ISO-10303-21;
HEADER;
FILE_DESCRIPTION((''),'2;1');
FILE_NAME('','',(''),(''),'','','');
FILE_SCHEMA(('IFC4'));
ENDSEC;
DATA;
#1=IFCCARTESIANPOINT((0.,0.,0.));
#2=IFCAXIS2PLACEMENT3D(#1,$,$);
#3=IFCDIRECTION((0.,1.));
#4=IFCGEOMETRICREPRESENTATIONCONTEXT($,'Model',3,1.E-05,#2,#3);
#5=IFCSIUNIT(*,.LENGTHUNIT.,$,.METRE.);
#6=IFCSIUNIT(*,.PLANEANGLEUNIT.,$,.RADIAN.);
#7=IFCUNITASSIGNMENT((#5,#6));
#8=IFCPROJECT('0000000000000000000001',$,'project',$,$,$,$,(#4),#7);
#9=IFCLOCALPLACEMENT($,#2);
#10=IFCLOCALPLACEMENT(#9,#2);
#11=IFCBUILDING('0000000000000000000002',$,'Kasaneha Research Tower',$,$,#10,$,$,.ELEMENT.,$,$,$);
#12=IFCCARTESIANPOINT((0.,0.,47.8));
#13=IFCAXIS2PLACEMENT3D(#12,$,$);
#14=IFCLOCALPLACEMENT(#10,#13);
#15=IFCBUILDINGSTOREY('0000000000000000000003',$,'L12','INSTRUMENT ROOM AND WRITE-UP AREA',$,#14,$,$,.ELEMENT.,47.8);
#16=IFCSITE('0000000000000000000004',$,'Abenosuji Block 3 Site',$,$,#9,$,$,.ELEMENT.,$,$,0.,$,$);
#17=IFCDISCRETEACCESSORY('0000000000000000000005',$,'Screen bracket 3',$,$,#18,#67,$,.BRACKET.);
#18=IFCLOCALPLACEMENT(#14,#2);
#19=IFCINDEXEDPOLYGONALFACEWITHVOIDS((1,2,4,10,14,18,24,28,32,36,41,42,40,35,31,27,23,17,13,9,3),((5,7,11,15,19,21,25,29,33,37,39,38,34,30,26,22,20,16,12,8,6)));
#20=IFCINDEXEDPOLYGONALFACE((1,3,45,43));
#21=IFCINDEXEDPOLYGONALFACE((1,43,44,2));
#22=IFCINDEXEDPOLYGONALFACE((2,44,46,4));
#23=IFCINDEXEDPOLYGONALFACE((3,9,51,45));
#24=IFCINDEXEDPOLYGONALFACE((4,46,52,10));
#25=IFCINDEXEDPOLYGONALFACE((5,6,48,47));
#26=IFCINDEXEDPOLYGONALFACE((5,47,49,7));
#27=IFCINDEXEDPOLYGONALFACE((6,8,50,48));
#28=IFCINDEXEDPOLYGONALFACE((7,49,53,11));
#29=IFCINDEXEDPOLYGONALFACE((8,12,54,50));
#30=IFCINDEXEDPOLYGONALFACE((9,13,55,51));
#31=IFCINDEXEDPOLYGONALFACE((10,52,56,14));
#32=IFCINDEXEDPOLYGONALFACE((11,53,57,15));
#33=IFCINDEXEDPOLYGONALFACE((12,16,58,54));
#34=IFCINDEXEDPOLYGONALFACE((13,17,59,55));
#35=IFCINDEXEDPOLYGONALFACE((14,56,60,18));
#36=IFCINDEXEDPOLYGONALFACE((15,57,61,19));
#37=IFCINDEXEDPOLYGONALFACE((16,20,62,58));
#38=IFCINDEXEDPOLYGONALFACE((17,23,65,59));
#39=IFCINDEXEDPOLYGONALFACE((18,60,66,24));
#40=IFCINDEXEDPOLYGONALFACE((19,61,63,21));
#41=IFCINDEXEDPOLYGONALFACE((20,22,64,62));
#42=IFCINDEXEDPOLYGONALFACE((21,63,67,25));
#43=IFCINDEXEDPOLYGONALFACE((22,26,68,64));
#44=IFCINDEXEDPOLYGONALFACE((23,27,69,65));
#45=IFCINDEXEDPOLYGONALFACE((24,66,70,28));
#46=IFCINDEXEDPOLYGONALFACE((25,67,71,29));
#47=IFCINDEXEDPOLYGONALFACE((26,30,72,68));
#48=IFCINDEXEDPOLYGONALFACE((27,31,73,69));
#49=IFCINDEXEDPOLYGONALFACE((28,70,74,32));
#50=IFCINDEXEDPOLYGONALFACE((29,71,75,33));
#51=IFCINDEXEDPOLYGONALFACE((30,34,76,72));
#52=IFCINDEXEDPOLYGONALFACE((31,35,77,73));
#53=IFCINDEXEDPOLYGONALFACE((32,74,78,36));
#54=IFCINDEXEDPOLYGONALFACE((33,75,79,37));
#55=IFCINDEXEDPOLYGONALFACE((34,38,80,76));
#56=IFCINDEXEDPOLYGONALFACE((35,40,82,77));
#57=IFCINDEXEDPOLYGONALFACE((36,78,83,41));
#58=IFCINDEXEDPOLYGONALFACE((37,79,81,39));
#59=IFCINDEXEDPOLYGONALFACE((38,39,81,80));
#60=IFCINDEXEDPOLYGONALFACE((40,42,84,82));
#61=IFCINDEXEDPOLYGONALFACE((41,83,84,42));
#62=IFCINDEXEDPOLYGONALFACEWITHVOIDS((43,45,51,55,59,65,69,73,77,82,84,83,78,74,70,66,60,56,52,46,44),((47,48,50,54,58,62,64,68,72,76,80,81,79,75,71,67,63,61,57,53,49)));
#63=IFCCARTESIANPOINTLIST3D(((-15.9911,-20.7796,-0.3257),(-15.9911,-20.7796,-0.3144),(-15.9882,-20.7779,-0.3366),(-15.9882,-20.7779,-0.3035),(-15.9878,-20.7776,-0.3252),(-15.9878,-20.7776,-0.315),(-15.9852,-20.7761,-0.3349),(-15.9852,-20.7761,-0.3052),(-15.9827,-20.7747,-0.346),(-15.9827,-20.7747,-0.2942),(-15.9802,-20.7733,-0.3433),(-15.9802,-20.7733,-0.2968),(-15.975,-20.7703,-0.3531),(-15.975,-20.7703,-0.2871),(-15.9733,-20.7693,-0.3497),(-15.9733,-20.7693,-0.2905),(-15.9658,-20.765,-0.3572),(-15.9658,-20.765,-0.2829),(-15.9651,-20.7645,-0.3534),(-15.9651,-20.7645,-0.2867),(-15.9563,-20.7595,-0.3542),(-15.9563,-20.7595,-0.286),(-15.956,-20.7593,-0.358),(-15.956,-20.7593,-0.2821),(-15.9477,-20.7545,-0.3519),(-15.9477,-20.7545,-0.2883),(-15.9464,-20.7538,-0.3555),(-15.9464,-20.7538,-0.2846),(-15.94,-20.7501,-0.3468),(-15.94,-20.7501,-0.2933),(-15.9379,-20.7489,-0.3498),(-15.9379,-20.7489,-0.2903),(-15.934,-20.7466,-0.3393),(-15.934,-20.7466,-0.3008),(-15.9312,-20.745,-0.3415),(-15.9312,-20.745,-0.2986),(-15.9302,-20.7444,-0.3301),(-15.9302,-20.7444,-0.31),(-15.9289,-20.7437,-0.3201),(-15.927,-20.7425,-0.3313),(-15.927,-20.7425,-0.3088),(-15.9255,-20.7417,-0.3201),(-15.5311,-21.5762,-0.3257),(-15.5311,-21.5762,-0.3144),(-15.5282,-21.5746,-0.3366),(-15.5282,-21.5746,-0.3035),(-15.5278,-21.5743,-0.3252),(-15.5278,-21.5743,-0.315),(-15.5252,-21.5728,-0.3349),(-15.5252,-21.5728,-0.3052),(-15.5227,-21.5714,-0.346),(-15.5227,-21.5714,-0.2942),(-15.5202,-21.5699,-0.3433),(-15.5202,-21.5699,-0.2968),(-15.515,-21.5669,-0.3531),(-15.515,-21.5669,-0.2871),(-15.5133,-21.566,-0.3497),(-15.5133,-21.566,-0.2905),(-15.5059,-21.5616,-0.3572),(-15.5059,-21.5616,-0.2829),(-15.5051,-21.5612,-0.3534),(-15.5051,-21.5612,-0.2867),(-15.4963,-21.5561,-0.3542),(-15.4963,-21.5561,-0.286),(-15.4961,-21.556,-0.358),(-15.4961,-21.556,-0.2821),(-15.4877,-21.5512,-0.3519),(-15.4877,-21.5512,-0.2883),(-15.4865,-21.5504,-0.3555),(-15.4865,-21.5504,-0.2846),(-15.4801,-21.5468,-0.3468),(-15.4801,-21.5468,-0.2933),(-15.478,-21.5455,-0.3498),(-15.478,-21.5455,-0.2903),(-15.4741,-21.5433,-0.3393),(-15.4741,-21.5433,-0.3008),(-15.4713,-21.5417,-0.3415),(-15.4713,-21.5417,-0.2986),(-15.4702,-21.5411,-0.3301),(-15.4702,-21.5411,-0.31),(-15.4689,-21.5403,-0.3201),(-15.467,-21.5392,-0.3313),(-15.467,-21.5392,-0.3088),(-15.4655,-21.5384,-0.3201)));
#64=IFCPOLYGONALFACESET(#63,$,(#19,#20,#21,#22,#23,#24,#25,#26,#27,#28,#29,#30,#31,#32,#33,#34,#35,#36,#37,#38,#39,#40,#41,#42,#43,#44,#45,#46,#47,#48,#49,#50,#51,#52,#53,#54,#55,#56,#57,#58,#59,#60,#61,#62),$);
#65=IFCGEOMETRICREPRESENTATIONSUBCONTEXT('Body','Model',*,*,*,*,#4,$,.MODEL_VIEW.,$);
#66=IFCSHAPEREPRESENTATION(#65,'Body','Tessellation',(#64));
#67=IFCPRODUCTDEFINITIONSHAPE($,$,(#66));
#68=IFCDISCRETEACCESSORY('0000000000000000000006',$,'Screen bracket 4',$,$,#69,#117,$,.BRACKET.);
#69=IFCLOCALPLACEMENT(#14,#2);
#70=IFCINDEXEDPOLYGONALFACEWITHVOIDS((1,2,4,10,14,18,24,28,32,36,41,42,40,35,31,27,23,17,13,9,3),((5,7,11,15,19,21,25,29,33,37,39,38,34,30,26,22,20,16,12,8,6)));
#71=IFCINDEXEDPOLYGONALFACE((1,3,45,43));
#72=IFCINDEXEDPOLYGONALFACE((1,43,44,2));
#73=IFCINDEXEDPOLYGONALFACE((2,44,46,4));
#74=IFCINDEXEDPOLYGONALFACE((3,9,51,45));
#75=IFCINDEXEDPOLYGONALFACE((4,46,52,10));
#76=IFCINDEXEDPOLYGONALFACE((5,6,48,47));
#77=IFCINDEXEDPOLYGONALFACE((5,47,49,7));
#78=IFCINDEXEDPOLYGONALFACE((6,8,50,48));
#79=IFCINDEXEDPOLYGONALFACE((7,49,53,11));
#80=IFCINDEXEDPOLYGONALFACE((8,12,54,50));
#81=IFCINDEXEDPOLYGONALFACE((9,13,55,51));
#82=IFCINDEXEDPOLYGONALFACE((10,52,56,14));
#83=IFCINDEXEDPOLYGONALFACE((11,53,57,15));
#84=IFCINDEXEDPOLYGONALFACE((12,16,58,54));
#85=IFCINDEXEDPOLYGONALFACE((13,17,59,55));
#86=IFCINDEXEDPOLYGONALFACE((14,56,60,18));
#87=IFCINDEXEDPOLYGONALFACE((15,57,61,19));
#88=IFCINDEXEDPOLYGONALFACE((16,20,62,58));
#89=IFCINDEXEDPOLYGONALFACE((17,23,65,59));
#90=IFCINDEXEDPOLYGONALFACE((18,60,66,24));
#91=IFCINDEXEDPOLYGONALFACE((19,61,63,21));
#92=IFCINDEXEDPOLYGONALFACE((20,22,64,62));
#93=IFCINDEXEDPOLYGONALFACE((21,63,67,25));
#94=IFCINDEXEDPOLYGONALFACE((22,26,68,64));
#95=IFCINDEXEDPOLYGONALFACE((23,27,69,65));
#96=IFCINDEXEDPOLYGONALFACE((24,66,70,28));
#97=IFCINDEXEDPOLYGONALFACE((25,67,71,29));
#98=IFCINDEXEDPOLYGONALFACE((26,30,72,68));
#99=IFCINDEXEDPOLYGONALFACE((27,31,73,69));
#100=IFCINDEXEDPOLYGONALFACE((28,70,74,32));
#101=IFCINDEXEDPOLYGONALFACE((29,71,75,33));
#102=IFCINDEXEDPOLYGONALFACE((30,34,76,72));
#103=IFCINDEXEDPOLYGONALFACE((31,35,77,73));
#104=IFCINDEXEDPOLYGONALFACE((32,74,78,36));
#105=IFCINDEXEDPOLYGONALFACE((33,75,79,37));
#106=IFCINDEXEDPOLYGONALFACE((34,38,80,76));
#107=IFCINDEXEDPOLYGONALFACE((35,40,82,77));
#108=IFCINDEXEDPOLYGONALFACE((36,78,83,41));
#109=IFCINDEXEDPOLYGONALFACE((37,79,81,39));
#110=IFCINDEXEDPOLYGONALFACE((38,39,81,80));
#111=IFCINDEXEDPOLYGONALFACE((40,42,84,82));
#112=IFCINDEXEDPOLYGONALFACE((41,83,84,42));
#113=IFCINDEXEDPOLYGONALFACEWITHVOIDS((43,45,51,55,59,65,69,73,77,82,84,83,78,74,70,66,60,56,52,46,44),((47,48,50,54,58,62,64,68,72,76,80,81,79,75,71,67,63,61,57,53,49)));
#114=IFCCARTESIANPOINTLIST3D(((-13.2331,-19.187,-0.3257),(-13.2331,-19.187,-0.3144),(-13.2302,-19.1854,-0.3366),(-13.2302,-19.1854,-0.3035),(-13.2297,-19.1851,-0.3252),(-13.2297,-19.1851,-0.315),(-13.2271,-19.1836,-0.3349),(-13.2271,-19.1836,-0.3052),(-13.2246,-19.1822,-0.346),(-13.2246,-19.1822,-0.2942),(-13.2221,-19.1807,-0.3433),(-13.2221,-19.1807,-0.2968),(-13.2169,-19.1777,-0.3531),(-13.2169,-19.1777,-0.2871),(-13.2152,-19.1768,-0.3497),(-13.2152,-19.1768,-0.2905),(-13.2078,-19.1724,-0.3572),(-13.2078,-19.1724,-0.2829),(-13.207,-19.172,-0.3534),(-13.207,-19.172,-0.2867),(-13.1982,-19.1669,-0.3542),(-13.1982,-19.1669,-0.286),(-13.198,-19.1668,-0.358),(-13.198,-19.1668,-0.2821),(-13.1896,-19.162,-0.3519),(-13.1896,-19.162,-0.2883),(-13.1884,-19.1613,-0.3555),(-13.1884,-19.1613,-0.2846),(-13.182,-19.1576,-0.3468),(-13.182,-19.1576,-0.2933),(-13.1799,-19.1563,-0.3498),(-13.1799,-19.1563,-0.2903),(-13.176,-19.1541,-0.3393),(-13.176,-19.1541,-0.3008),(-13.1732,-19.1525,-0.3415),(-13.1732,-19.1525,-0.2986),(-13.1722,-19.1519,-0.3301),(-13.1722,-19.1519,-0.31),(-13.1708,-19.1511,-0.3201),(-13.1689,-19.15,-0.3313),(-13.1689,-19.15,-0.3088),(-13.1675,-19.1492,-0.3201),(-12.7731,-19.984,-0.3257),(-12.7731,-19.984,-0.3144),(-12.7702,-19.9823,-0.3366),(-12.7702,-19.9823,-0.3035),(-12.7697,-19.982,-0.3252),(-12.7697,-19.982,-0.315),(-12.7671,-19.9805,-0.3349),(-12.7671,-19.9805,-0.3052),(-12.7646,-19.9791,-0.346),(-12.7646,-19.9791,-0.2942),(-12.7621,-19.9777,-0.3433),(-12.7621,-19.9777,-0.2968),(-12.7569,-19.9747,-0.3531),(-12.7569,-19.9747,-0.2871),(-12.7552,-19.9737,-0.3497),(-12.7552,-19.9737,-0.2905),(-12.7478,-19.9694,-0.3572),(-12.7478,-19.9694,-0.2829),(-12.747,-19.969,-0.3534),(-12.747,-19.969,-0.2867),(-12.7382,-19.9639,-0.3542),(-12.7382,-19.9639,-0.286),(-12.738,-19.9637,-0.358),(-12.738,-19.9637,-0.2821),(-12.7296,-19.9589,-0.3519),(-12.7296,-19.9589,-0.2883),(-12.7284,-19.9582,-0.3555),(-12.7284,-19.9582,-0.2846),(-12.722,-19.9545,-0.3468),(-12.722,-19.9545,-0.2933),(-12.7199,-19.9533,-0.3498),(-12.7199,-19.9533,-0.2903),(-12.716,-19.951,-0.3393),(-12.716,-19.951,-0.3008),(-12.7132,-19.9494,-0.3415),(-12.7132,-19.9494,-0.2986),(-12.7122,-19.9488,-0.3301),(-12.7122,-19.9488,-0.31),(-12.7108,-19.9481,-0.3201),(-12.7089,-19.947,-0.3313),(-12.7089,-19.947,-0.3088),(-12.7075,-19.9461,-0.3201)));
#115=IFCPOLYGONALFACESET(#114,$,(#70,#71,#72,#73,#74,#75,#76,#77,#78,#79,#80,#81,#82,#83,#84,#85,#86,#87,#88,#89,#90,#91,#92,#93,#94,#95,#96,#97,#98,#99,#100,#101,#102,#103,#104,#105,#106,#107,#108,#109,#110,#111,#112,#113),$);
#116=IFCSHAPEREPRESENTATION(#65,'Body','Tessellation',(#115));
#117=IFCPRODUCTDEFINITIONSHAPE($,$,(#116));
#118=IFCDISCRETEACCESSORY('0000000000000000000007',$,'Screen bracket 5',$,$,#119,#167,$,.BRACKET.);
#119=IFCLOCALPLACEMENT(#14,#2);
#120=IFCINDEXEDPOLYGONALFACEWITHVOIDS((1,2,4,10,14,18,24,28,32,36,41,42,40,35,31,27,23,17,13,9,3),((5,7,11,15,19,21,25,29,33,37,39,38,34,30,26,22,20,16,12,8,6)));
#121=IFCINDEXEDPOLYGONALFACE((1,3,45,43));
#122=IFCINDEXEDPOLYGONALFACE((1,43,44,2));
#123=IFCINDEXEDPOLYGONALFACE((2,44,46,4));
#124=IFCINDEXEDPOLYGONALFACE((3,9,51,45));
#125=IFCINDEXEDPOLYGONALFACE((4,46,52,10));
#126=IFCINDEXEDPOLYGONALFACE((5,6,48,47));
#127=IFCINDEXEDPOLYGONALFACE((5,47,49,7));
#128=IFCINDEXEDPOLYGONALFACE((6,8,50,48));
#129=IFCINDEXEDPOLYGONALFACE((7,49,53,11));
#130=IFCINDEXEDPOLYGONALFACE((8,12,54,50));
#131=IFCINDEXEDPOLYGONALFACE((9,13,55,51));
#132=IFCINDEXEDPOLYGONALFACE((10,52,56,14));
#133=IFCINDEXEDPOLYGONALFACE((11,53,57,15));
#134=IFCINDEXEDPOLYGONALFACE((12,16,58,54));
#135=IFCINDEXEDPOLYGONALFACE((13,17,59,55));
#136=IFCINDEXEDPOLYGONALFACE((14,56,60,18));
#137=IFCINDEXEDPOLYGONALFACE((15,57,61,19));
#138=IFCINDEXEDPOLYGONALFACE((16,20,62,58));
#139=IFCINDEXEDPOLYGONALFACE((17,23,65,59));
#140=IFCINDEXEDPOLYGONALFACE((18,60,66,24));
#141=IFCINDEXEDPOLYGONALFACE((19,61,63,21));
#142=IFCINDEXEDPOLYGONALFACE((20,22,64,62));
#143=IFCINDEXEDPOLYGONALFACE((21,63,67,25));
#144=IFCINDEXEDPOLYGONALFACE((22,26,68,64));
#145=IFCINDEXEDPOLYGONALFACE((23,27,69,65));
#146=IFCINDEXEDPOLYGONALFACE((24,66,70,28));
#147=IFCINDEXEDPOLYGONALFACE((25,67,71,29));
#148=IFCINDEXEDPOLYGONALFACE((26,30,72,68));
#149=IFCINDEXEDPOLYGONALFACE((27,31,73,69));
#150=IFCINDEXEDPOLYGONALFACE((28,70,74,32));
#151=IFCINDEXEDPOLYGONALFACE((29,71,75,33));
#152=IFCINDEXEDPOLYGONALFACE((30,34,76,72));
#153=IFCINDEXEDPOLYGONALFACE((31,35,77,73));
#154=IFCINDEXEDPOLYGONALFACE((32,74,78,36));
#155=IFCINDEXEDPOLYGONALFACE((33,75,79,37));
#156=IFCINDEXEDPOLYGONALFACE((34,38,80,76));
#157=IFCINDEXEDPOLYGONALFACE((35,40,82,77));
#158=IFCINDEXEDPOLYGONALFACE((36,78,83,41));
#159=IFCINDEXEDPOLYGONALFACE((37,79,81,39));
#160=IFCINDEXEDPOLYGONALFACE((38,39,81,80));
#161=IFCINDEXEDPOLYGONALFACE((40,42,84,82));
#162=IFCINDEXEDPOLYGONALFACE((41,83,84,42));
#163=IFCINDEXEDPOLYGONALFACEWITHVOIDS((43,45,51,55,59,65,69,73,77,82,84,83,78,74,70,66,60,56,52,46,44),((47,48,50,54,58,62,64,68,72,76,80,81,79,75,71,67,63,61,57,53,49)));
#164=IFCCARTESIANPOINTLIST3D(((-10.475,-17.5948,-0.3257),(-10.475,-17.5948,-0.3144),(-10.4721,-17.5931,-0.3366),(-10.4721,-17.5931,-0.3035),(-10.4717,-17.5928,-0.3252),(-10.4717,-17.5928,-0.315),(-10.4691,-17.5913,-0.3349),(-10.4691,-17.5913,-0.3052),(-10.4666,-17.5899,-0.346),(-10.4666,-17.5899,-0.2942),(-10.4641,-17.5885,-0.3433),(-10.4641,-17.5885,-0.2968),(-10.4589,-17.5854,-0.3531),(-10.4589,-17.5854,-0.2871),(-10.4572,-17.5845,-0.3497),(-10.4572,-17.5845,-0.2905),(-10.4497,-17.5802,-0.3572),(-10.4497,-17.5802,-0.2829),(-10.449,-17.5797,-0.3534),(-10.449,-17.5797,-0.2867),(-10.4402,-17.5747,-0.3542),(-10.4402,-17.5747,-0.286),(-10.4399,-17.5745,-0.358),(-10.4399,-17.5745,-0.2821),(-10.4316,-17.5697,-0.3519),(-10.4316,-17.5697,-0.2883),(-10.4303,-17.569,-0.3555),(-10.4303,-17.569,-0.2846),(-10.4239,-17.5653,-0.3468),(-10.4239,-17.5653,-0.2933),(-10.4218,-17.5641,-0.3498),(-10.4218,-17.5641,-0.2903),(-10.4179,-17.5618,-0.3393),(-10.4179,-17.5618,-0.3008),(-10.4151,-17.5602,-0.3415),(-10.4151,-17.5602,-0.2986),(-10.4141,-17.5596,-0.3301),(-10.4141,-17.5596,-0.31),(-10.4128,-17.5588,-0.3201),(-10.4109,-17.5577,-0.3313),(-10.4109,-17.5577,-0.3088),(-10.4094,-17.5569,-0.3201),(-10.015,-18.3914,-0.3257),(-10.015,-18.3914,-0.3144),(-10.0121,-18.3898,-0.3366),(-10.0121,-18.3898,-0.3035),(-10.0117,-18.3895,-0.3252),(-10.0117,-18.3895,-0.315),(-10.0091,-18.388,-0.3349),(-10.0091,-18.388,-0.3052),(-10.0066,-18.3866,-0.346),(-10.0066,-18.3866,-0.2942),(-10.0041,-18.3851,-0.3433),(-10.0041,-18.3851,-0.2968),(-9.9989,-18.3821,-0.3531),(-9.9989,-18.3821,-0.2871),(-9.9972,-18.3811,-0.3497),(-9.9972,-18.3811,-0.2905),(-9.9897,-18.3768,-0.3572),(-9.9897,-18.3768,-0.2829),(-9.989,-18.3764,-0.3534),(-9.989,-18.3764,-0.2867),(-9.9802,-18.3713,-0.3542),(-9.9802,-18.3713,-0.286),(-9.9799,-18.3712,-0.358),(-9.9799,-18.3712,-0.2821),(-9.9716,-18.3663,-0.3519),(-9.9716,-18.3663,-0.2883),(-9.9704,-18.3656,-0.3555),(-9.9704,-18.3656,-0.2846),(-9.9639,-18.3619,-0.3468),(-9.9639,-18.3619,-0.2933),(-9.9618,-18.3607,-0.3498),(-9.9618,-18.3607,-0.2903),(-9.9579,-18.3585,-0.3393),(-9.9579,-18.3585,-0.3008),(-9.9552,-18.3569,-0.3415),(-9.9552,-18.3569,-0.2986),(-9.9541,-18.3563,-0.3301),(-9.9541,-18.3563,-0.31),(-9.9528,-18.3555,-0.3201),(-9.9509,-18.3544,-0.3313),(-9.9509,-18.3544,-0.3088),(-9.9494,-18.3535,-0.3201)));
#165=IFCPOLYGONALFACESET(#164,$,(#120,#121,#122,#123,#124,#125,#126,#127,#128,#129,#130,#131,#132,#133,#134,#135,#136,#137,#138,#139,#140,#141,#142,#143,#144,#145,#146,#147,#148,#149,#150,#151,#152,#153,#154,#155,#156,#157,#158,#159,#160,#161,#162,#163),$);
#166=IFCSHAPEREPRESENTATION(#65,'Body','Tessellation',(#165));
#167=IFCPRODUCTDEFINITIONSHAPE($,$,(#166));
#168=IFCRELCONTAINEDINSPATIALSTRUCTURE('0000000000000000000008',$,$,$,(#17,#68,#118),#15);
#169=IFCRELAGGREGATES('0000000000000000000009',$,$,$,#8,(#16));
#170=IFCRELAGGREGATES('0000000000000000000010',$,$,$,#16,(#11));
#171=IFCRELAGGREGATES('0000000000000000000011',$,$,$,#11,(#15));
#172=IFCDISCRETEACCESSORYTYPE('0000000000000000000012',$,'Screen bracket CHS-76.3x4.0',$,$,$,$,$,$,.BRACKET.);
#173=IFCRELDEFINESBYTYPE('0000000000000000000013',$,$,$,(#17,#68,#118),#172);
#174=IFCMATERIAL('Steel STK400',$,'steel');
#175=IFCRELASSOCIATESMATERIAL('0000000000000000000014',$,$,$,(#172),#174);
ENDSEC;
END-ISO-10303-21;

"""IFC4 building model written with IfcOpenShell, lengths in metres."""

from ifc_helpers import new_model, si_unit, direction, frame, origin, origin_2d, place, context, subcontext, project, spatial, hollow_circle, extrude, material, material_profile, profile_set, type_object, element, save


model = new_model("IFC4")

# Units and contexts
model_context = context("Model", 3, precision=1e-05, world=origin(), true_north=direction((0.0, 1.0)))
body_context = subcontext(model_context, "Body", "Model", "MODEL_VIEW")
ifc_project = project(units=[si_unit("LENGTHUNIT", "METRE"), si_unit("PLANEANGLEUNIT", "RADIAN")], contexts=[model_context])

# Site, building, storey
site_placement = place(None, origin())
site = spatial("IfcSite", under=ifc_project, at=site_placement, Name="Abenosuji Block 3 Site", CompositionType="ELEMENT", RefElevation=0.0)
building_placement = place(site_placement, origin())
building = spatial("IfcBuilding", under=site, at=building_placement, Name="Kasaneha Research Tower", CompositionType="ELEMENT")
storey_placement = place(building_placement, frame((0.0, 0.0, 47.8)))
storey = spatial("IfcBuildingStorey", under=building, at=storey_placement, Name="L12", Description="INSTRUMENT ROOM AND WRITE-UP AREA", CompositionType="ELEMENT", Elevation=47.8)

# Discrete accessories
ifc_material_1 = material(Name="Steel STK400", Category="steel")
ifc_material_profile_1 = material_profile(ifc_material_1, hollow_circle(Radius=0.0381, WallThickness=0.0039, at=origin_2d()), Name="CHS-76.3x4.0")
ifc_profile_set_1 = profile_set([ifc_material_profile_1], Name="Steel STK400")
discrete_accessory_type = type_object("IfcDiscreteAccessoryType", Name="Screen bracket CHS-76.3x4.0", PredefinedType="BRACKET", material=ifc_profile_set_1)
discrete_accessory_1_placement = place(storey_placement, frame((-15.9585, -20.7607, -0.3201), z_axis=(0.500021, -0.866013, 0.0), x_axis=(0.866013, 0.500021, 0.0)))
element("IfcDiscreteAccessory", 1, at=discrete_accessory_1_placement, inside=storey, type_object=discrete_accessory_type, Name="Screen bracket 3", PredefinedType="BRACKET", context=body_context, shape_type="SweptSolid", body=[
    extrude(hollow_circle(Radius=0.0381, WallThickness=0.0039, at=origin_2d()), origin(), (0.0, 0.0, 1.0), 0.9199),
])
discrete_accessory_2_placement = place(storey_placement, frame((-13.2004, -19.1682, -0.3201), z_axis=(0.499906, -0.86608, 0.0), x_axis=(0.86608, 0.499906, 0.0)))
element("IfcDiscreteAccessory", 2, at=discrete_accessory_2_placement, inside=storey, type_object=discrete_accessory_type, Name="Screen bracket 4", PredefinedType="BRACKET", context=body_context, shape_type="SweptSolid", body=[
    extrude(hollow_circle(Radius=0.0381, WallThickness=0.0039, at=origin_2d()), origin(), (0.0, 0.0, 1.0), 0.9202),
])
discrete_accessory_3_placement = place(storey_placement, frame((-10.4424, -17.5759, -0.3201), z_axis=(0.500021, -0.866013, 0.0), x_axis=(0.866013, 0.500021, 0.0)))
element("IfcDiscreteAccessory", 3, at=discrete_accessory_3_placement, inside=storey, type_object=discrete_accessory_type, Name="Screen bracket 5", PredefinedType="BRACKET", context=body_context, shape_type="SweptSolid", body=[
    extrude(hollow_circle(Radius=0.0381, WallThickness=0.0039, at=origin_2d()), origin(), (0.0, 0.0, 1.0), 0.9199),
])

save(model, "model.ifc")
